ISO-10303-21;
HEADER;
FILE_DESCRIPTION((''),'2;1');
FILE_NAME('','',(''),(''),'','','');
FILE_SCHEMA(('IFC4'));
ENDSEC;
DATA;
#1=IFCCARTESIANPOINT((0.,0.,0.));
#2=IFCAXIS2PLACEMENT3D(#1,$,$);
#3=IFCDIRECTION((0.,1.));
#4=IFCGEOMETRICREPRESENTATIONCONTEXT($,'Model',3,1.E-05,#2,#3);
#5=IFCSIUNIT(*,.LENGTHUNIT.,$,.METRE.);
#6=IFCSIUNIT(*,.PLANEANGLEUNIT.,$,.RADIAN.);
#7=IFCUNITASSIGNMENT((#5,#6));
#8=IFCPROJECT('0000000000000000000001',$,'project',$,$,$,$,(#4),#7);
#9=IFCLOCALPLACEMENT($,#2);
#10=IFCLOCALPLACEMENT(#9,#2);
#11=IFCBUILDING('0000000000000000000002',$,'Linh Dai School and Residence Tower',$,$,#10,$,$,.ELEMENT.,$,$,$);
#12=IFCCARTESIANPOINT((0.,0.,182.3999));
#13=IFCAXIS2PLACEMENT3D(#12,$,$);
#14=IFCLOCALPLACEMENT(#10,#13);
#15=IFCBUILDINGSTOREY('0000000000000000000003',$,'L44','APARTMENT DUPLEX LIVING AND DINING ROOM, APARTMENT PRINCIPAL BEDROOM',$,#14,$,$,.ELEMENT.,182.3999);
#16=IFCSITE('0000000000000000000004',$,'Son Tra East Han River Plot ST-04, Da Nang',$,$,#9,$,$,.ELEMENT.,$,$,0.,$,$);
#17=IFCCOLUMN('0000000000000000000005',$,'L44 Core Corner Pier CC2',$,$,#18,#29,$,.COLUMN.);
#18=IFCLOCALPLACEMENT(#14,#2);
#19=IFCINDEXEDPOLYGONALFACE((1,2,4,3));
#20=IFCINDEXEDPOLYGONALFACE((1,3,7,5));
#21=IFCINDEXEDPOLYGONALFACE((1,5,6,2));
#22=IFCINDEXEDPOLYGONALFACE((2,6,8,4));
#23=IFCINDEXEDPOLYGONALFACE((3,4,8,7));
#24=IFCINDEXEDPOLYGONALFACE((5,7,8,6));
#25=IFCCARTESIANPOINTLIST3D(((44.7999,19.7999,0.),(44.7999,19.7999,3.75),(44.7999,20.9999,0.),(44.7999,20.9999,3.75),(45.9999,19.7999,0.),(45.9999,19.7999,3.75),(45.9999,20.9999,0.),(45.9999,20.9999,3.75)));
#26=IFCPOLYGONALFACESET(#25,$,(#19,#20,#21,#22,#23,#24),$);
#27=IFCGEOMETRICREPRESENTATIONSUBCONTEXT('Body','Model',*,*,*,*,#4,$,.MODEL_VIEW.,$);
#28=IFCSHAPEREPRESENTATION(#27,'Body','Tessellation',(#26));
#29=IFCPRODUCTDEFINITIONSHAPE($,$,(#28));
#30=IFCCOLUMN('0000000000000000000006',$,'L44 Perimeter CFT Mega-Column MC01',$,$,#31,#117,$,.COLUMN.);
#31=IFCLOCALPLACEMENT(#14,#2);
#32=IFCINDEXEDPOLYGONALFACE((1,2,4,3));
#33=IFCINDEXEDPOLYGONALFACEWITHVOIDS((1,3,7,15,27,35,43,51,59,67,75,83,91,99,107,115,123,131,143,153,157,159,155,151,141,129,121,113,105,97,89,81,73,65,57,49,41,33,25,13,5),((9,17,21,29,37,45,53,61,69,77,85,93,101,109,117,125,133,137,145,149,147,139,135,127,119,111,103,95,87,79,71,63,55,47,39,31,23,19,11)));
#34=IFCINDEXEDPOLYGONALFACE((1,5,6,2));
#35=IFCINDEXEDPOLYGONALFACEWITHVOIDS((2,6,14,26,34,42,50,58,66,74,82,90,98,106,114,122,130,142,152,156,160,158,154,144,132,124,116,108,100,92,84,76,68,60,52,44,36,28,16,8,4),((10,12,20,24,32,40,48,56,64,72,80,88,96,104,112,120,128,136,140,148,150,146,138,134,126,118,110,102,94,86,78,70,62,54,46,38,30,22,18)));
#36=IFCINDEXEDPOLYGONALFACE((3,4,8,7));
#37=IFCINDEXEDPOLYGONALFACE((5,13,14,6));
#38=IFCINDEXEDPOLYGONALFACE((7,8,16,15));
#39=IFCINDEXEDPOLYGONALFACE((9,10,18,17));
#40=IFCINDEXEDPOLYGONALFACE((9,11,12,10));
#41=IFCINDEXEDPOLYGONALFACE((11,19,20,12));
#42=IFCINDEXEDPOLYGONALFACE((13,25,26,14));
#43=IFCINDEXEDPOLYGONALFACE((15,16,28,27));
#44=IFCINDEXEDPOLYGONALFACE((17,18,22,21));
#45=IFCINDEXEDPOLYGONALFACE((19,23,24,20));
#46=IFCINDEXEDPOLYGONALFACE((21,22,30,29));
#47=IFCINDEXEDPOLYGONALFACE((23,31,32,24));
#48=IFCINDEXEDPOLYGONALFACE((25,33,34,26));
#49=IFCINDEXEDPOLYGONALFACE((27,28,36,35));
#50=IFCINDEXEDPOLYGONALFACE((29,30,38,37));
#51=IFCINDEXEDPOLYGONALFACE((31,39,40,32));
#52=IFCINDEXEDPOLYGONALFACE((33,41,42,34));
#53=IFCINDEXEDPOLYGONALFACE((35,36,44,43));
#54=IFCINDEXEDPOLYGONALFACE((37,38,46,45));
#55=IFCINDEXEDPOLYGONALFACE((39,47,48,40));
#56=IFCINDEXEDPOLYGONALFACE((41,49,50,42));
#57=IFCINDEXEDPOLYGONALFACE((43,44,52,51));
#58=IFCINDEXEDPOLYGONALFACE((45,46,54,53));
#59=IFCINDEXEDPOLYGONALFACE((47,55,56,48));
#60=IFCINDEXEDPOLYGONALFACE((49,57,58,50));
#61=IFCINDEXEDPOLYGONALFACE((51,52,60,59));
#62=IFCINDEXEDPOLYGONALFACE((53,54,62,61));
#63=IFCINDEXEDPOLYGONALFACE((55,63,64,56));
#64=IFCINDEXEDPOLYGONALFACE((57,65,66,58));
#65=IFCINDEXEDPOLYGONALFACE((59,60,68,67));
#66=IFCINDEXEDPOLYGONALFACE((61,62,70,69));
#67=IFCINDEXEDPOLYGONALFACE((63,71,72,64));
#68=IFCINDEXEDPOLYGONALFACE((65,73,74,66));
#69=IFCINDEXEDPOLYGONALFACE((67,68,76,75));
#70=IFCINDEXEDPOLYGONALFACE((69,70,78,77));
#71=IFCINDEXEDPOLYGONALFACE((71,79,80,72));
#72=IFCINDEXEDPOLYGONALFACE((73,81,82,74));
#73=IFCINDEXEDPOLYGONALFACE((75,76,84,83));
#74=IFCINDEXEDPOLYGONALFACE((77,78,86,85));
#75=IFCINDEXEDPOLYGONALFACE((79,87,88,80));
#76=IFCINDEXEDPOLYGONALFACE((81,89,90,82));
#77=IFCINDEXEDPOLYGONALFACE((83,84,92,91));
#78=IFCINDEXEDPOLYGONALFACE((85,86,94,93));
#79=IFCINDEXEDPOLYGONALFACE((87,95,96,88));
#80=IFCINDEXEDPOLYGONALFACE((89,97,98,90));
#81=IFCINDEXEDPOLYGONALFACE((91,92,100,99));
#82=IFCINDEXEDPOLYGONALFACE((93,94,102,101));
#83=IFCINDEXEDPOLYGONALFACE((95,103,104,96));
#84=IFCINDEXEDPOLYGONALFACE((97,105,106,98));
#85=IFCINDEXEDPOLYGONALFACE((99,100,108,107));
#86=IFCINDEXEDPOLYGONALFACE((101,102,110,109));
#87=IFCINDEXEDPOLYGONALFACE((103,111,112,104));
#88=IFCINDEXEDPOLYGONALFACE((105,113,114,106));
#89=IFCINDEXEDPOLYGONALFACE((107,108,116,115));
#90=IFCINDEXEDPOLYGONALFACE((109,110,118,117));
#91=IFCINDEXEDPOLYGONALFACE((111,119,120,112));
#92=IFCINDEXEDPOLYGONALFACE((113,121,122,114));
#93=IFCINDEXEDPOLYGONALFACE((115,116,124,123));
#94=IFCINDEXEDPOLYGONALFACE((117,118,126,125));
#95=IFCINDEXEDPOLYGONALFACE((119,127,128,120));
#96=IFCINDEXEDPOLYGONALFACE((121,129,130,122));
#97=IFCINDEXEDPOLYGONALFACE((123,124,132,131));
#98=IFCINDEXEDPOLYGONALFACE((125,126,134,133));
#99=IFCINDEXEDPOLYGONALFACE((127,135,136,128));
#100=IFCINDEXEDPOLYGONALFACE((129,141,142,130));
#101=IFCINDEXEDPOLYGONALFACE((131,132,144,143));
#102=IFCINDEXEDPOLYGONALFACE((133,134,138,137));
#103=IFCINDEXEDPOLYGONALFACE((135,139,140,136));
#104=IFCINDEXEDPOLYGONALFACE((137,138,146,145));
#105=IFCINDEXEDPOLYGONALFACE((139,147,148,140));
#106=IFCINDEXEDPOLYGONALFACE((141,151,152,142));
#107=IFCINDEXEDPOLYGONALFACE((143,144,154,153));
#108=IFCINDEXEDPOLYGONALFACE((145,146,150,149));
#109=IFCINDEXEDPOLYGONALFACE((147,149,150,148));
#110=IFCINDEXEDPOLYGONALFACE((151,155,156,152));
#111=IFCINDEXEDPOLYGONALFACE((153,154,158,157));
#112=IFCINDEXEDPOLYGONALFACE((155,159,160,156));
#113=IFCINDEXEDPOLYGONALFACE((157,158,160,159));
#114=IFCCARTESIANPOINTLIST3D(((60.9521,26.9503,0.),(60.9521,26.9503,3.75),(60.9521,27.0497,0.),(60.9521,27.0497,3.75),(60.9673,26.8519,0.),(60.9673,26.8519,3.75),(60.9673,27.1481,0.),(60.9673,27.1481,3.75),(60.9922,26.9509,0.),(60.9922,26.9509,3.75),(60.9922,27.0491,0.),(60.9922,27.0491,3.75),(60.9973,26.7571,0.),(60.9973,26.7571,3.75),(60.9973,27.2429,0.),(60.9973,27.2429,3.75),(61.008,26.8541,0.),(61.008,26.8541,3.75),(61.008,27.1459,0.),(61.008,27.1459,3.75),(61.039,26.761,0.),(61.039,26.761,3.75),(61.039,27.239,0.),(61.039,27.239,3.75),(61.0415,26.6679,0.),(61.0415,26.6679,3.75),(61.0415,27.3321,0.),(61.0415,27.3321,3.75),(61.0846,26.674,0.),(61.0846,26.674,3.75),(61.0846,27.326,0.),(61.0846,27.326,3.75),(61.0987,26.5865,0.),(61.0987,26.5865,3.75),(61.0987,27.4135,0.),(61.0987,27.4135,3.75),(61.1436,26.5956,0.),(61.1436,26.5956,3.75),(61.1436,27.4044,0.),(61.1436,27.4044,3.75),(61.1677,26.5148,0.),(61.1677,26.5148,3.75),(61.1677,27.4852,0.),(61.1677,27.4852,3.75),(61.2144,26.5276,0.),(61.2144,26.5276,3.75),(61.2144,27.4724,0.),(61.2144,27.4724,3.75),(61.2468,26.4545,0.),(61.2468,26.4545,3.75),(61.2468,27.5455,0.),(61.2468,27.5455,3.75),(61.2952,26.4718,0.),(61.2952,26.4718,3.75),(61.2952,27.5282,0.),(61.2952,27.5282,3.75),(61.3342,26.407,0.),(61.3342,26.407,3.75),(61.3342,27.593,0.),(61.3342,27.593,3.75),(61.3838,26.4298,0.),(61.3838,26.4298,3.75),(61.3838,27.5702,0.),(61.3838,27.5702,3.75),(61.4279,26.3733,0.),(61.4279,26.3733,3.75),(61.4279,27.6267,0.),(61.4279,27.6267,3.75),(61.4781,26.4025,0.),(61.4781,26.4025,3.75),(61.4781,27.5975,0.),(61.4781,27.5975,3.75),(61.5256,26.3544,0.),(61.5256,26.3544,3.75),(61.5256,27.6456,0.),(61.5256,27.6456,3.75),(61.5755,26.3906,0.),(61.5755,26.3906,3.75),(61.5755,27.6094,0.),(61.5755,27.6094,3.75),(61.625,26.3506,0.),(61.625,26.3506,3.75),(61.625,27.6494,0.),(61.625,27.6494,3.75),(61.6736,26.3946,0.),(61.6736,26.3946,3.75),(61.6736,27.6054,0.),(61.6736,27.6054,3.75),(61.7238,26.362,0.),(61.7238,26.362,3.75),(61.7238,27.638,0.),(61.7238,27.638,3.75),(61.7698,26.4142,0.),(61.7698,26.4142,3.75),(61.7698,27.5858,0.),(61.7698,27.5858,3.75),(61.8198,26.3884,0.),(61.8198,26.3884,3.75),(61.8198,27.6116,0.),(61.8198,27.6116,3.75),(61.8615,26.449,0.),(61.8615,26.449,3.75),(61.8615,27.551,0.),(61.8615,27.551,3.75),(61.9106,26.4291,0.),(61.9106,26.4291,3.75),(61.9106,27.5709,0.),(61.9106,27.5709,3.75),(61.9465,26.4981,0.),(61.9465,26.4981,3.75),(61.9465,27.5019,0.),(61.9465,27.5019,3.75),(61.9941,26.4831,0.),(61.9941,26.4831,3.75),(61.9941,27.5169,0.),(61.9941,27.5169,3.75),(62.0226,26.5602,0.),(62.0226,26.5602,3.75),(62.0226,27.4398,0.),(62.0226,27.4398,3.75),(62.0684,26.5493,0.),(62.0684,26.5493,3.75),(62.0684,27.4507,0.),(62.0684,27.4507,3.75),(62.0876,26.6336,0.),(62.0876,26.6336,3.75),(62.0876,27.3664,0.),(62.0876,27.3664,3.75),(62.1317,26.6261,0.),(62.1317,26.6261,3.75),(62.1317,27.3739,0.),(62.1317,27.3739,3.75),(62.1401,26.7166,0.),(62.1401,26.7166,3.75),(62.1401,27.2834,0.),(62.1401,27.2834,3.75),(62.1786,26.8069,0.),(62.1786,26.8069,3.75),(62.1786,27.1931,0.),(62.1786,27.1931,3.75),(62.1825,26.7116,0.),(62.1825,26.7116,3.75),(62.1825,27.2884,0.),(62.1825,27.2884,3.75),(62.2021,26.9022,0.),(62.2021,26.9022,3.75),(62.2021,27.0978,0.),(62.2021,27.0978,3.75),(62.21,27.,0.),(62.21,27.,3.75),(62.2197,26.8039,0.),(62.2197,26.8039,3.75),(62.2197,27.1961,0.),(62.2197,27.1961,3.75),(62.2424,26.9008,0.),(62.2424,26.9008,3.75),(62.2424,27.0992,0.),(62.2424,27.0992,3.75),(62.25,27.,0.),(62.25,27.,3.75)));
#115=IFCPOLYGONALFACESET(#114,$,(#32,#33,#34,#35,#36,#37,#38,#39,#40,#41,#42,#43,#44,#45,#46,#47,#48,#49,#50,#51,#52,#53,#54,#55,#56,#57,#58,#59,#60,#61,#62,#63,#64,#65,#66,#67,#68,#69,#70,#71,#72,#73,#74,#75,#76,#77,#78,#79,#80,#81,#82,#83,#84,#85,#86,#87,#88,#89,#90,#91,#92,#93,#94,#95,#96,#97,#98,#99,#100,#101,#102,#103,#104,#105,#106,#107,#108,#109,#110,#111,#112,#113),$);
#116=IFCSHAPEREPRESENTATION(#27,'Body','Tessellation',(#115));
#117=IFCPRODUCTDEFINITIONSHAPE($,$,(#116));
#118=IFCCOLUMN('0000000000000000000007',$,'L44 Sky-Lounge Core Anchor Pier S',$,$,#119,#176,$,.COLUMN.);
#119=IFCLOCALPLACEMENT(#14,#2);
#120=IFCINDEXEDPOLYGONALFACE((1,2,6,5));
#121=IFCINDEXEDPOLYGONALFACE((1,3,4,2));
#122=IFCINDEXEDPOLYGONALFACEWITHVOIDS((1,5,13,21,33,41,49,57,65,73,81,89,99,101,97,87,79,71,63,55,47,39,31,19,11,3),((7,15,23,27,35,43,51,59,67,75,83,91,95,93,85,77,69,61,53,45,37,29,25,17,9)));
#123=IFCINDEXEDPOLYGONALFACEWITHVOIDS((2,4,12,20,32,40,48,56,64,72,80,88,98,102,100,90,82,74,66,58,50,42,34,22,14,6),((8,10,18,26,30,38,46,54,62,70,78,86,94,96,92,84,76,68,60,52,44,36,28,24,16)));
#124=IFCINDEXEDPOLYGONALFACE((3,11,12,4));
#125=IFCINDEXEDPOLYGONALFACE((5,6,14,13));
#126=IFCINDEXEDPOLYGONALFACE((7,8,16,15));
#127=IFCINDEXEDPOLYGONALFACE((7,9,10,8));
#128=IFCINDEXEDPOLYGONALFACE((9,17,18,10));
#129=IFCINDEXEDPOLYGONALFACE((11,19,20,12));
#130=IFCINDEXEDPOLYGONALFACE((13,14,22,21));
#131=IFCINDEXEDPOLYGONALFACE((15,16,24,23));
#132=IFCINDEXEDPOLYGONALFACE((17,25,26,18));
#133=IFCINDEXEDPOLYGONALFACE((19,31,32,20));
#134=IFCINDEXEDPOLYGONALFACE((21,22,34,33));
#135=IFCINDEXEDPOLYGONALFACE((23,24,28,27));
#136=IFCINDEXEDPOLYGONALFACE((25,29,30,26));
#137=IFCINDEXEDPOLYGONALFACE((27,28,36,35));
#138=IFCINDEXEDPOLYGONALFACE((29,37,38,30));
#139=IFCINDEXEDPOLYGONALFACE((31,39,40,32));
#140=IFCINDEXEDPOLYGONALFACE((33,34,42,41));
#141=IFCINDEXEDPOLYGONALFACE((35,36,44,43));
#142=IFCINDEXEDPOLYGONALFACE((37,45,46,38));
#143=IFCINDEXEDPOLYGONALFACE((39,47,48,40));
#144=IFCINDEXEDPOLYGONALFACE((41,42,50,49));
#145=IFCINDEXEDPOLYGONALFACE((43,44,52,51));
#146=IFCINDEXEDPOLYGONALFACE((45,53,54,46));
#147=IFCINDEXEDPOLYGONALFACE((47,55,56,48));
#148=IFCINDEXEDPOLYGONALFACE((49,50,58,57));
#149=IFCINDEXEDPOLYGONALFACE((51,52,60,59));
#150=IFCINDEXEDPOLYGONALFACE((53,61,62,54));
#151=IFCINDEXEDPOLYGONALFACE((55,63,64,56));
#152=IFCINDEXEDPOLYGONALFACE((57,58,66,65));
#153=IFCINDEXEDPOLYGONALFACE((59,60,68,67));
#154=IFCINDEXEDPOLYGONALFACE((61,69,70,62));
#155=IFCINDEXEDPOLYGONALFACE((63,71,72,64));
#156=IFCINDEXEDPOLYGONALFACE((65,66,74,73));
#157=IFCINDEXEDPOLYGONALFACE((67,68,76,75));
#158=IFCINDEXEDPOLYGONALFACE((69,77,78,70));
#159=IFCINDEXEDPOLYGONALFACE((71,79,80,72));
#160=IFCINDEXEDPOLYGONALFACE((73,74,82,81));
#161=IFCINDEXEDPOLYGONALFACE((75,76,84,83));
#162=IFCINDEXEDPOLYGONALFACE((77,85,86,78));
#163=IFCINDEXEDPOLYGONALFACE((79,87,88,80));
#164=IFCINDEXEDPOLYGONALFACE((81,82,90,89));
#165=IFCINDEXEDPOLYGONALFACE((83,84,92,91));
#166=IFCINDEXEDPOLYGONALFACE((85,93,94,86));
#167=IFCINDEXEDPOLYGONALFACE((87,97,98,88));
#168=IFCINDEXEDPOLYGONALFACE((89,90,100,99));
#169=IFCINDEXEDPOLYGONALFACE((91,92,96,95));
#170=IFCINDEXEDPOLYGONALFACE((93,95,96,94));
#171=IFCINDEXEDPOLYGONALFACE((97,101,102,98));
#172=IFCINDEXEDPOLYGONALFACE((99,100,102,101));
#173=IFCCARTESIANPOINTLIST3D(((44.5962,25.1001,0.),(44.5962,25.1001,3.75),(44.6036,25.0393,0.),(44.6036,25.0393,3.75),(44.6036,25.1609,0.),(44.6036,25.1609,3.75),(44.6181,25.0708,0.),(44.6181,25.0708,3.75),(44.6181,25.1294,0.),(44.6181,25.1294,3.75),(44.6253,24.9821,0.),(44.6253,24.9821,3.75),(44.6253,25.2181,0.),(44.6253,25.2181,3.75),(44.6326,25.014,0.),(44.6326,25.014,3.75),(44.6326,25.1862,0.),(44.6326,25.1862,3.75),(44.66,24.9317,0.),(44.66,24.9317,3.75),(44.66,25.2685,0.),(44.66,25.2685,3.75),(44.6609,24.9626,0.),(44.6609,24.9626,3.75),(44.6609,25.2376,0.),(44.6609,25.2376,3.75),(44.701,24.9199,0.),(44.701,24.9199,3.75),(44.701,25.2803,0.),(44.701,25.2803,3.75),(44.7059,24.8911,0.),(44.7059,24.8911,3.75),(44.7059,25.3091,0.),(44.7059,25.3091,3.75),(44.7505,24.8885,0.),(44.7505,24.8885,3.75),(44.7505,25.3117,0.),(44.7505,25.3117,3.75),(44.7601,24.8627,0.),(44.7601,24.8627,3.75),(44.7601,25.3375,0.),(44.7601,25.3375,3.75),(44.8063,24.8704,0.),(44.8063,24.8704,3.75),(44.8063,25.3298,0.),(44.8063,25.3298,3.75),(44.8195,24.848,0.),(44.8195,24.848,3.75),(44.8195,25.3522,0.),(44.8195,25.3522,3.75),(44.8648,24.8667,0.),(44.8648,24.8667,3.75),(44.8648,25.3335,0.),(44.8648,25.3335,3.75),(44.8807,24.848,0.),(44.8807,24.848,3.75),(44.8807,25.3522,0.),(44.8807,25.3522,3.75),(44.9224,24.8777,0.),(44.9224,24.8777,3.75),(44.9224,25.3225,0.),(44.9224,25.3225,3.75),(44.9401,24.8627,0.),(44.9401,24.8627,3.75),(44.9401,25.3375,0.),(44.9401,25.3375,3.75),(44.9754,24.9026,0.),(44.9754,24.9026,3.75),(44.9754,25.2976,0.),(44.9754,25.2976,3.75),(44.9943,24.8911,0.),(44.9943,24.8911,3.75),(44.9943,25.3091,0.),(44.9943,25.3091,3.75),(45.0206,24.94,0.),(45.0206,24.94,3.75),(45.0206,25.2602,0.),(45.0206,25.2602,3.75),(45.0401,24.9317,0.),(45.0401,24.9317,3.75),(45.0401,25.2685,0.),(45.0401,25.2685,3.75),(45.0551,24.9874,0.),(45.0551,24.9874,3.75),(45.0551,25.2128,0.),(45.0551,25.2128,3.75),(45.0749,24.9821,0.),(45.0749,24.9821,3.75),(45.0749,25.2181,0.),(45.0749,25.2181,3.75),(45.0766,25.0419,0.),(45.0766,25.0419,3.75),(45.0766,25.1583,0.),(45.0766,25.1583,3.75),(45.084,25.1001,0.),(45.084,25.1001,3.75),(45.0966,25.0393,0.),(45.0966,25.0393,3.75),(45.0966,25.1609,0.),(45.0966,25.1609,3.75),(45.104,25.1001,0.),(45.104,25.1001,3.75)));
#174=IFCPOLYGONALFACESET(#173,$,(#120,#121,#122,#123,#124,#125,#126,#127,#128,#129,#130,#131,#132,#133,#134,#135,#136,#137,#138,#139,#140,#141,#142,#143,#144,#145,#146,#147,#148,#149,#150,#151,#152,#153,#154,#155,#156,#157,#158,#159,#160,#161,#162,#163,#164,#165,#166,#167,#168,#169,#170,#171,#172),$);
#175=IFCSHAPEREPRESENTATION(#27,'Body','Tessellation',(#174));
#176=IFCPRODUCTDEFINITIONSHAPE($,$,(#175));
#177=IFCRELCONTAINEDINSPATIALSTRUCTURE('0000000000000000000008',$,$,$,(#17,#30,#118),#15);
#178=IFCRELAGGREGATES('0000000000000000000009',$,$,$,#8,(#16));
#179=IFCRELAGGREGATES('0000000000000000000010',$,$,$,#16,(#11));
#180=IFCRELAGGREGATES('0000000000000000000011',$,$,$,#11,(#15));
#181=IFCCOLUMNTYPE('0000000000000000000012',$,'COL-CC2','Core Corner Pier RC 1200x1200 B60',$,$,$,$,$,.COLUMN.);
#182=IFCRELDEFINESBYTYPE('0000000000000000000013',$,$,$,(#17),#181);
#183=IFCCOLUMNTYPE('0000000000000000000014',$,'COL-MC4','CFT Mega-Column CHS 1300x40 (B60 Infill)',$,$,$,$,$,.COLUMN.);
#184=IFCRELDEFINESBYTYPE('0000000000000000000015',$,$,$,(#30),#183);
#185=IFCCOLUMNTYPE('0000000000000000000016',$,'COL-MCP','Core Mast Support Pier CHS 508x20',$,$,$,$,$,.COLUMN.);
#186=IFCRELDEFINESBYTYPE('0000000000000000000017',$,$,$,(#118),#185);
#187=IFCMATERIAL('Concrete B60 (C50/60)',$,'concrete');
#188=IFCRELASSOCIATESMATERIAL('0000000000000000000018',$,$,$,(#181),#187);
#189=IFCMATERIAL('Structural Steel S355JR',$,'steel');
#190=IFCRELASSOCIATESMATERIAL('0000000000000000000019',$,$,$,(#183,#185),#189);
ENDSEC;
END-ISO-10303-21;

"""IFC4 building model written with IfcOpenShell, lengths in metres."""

from ifc_helpers import new_model, si_unit, direction, frame, origin, origin_2d, place, context, subcontext, project, spatial, rectangle, hollow_circle, extrude, material, material_profile, profile_set, type_object, element, save


model = new_model("IFC4")

# Units and contexts
model_context = context("Model", 3, precision=1e-05, world=origin(), true_north=direction((0.0, 1.0)))
body_context = subcontext(model_context, "Body", "Model", "MODEL_VIEW")
ifc_project = project(units=[si_unit("LENGTHUNIT", "METRE"), si_unit("PLANEANGLEUNIT", "RADIAN")], contexts=[model_context])

# Site, building, storey
site_placement = place(None, origin())
site = spatial("IfcSite", under=ifc_project, at=site_placement, Name="Son Tra East Han River Plot ST-04, Da Nang", CompositionType="ELEMENT", RefElevation=0.0)
building_placement = place(site_placement, origin())
building = spatial("IfcBuilding", under=site, at=building_placement, Name="Linh Dai School and Residence Tower", CompositionType="ELEMENT")
storey_placement = place(building_placement, frame((0.0, 0.0, 182.3999)))
storey = spatial("IfcBuildingStorey", under=building, at=storey_placement, Name="L44", Description="APARTMENT DUPLEX LIVING AND DINING ROOM, APARTMENT PRINCIPAL BEDROOM", CompositionType="ELEMENT", Elevation=182.3999)

# Columns
ifc_material_1 = material(Name="Concrete B60 (C50/60)", Category="concrete")
ifc_material_profile_1 = material_profile(ifc_material_1, rectangle(XDim=1.2, YDim=1.2, at=origin_2d()), Name="RC 1200x1200")
ifc_profile_set_1 = profile_set([ifc_material_profile_1], Name="Concrete B60 (C50/60)")
column_type_1 = type_object("IfcColumnType", Name="COL-CC2", Description="Core Corner Pier RC 1200x1200 B60", PredefinedType="COLUMN", material=ifc_profile_set_1)
column_1_placement = place(storey_placement, frame((45.3999, 20.3999, 0.0), z_axis=(0.0, 0.0, 1.0), x_axis=(1.0, 0.0, 0.0)))
element("IfcColumn", 1, at=column_1_placement, inside=storey, type_object=column_type_1, Name="L44 Core Corner Pier CC2", PredefinedType="COLUMN", context=body_context, shape_type="SweptSolid", body=[
    extrude(rectangle(XDim=1.2, YDim=1.2, at=origin_2d()), origin(), (0.0, 0.0, 1.0), 3.75),
])
ifc_material_2 = material(Name="Structural Steel S355JR", Category="steel")
ifc_material_profile_2 = material_profile(ifc_material_2, hollow_circle(Radius=0.6499, WallThickness=0.04, at=origin_2d()), Name="CHS 1300x40")
ifc_profile_set_2 = profile_set([ifc_material_profile_2], Name="Structural Steel S355JR")
column_type_2 = type_object("IfcColumnType", Name="COL-MC4", Description="CFT Mega-Column CHS 1300x40 (B60 Infill)", PredefinedType="COLUMN", material=ifc_profile_set_2)
column_2_placement = place(storey_placement, frame((61.6001, 27.0, 0.0), z_axis=(0.0, 0.0, 1.0), x_axis=(1.0, 0.0, 0.0)))
element("IfcColumn", 2, at=column_2_placement, inside=storey, type_object=column_type_2, Name="L44 Perimeter CFT Mega-Column MC01", PredefinedType="COLUMN", context=body_context, shape_type="SweptSolid", body=[
    extrude(hollow_circle(Radius=0.6499, WallThickness=0.04, at=origin_2d()), origin(), (0.0, 0.0, 1.0), 3.75),
])
ifc_material_profile_3 = material_profile(ifc_material_2, hollow_circle(Radius=0.2539, WallThickness=0.02, at=origin_2d()), Name="CHS 508x20")
ifc_profile_set_3 = profile_set([ifc_material_profile_3], Name="Structural Steel S355JR")
column_type_3 = type_object("IfcColumnType", Name="COL-MCP", Description="Core Mast Support Pier CHS 508x20", PredefinedType="COLUMN", material=ifc_profile_set_3)
column_3_placement = place(storey_placement, frame((44.8501, 25.1001, 0.0), z_axis=(0.0, 0.0, 1.0), x_axis=(1.0, 0.0, 0.0)))
element("IfcColumn", 3, at=column_3_placement, inside=storey, type_object=column_type_3, Name="L44 Sky-Lounge Core Anchor Pier S", PredefinedType="COLUMN", context=body_context, shape_type="SweptSolid", body=[
    extrude(hollow_circle(Radius=0.2539, WallThickness=0.02, at=origin_2d()), origin(), (0.0, 0.0, 1.0), 3.75),
])

save(model, "model.ifc")
